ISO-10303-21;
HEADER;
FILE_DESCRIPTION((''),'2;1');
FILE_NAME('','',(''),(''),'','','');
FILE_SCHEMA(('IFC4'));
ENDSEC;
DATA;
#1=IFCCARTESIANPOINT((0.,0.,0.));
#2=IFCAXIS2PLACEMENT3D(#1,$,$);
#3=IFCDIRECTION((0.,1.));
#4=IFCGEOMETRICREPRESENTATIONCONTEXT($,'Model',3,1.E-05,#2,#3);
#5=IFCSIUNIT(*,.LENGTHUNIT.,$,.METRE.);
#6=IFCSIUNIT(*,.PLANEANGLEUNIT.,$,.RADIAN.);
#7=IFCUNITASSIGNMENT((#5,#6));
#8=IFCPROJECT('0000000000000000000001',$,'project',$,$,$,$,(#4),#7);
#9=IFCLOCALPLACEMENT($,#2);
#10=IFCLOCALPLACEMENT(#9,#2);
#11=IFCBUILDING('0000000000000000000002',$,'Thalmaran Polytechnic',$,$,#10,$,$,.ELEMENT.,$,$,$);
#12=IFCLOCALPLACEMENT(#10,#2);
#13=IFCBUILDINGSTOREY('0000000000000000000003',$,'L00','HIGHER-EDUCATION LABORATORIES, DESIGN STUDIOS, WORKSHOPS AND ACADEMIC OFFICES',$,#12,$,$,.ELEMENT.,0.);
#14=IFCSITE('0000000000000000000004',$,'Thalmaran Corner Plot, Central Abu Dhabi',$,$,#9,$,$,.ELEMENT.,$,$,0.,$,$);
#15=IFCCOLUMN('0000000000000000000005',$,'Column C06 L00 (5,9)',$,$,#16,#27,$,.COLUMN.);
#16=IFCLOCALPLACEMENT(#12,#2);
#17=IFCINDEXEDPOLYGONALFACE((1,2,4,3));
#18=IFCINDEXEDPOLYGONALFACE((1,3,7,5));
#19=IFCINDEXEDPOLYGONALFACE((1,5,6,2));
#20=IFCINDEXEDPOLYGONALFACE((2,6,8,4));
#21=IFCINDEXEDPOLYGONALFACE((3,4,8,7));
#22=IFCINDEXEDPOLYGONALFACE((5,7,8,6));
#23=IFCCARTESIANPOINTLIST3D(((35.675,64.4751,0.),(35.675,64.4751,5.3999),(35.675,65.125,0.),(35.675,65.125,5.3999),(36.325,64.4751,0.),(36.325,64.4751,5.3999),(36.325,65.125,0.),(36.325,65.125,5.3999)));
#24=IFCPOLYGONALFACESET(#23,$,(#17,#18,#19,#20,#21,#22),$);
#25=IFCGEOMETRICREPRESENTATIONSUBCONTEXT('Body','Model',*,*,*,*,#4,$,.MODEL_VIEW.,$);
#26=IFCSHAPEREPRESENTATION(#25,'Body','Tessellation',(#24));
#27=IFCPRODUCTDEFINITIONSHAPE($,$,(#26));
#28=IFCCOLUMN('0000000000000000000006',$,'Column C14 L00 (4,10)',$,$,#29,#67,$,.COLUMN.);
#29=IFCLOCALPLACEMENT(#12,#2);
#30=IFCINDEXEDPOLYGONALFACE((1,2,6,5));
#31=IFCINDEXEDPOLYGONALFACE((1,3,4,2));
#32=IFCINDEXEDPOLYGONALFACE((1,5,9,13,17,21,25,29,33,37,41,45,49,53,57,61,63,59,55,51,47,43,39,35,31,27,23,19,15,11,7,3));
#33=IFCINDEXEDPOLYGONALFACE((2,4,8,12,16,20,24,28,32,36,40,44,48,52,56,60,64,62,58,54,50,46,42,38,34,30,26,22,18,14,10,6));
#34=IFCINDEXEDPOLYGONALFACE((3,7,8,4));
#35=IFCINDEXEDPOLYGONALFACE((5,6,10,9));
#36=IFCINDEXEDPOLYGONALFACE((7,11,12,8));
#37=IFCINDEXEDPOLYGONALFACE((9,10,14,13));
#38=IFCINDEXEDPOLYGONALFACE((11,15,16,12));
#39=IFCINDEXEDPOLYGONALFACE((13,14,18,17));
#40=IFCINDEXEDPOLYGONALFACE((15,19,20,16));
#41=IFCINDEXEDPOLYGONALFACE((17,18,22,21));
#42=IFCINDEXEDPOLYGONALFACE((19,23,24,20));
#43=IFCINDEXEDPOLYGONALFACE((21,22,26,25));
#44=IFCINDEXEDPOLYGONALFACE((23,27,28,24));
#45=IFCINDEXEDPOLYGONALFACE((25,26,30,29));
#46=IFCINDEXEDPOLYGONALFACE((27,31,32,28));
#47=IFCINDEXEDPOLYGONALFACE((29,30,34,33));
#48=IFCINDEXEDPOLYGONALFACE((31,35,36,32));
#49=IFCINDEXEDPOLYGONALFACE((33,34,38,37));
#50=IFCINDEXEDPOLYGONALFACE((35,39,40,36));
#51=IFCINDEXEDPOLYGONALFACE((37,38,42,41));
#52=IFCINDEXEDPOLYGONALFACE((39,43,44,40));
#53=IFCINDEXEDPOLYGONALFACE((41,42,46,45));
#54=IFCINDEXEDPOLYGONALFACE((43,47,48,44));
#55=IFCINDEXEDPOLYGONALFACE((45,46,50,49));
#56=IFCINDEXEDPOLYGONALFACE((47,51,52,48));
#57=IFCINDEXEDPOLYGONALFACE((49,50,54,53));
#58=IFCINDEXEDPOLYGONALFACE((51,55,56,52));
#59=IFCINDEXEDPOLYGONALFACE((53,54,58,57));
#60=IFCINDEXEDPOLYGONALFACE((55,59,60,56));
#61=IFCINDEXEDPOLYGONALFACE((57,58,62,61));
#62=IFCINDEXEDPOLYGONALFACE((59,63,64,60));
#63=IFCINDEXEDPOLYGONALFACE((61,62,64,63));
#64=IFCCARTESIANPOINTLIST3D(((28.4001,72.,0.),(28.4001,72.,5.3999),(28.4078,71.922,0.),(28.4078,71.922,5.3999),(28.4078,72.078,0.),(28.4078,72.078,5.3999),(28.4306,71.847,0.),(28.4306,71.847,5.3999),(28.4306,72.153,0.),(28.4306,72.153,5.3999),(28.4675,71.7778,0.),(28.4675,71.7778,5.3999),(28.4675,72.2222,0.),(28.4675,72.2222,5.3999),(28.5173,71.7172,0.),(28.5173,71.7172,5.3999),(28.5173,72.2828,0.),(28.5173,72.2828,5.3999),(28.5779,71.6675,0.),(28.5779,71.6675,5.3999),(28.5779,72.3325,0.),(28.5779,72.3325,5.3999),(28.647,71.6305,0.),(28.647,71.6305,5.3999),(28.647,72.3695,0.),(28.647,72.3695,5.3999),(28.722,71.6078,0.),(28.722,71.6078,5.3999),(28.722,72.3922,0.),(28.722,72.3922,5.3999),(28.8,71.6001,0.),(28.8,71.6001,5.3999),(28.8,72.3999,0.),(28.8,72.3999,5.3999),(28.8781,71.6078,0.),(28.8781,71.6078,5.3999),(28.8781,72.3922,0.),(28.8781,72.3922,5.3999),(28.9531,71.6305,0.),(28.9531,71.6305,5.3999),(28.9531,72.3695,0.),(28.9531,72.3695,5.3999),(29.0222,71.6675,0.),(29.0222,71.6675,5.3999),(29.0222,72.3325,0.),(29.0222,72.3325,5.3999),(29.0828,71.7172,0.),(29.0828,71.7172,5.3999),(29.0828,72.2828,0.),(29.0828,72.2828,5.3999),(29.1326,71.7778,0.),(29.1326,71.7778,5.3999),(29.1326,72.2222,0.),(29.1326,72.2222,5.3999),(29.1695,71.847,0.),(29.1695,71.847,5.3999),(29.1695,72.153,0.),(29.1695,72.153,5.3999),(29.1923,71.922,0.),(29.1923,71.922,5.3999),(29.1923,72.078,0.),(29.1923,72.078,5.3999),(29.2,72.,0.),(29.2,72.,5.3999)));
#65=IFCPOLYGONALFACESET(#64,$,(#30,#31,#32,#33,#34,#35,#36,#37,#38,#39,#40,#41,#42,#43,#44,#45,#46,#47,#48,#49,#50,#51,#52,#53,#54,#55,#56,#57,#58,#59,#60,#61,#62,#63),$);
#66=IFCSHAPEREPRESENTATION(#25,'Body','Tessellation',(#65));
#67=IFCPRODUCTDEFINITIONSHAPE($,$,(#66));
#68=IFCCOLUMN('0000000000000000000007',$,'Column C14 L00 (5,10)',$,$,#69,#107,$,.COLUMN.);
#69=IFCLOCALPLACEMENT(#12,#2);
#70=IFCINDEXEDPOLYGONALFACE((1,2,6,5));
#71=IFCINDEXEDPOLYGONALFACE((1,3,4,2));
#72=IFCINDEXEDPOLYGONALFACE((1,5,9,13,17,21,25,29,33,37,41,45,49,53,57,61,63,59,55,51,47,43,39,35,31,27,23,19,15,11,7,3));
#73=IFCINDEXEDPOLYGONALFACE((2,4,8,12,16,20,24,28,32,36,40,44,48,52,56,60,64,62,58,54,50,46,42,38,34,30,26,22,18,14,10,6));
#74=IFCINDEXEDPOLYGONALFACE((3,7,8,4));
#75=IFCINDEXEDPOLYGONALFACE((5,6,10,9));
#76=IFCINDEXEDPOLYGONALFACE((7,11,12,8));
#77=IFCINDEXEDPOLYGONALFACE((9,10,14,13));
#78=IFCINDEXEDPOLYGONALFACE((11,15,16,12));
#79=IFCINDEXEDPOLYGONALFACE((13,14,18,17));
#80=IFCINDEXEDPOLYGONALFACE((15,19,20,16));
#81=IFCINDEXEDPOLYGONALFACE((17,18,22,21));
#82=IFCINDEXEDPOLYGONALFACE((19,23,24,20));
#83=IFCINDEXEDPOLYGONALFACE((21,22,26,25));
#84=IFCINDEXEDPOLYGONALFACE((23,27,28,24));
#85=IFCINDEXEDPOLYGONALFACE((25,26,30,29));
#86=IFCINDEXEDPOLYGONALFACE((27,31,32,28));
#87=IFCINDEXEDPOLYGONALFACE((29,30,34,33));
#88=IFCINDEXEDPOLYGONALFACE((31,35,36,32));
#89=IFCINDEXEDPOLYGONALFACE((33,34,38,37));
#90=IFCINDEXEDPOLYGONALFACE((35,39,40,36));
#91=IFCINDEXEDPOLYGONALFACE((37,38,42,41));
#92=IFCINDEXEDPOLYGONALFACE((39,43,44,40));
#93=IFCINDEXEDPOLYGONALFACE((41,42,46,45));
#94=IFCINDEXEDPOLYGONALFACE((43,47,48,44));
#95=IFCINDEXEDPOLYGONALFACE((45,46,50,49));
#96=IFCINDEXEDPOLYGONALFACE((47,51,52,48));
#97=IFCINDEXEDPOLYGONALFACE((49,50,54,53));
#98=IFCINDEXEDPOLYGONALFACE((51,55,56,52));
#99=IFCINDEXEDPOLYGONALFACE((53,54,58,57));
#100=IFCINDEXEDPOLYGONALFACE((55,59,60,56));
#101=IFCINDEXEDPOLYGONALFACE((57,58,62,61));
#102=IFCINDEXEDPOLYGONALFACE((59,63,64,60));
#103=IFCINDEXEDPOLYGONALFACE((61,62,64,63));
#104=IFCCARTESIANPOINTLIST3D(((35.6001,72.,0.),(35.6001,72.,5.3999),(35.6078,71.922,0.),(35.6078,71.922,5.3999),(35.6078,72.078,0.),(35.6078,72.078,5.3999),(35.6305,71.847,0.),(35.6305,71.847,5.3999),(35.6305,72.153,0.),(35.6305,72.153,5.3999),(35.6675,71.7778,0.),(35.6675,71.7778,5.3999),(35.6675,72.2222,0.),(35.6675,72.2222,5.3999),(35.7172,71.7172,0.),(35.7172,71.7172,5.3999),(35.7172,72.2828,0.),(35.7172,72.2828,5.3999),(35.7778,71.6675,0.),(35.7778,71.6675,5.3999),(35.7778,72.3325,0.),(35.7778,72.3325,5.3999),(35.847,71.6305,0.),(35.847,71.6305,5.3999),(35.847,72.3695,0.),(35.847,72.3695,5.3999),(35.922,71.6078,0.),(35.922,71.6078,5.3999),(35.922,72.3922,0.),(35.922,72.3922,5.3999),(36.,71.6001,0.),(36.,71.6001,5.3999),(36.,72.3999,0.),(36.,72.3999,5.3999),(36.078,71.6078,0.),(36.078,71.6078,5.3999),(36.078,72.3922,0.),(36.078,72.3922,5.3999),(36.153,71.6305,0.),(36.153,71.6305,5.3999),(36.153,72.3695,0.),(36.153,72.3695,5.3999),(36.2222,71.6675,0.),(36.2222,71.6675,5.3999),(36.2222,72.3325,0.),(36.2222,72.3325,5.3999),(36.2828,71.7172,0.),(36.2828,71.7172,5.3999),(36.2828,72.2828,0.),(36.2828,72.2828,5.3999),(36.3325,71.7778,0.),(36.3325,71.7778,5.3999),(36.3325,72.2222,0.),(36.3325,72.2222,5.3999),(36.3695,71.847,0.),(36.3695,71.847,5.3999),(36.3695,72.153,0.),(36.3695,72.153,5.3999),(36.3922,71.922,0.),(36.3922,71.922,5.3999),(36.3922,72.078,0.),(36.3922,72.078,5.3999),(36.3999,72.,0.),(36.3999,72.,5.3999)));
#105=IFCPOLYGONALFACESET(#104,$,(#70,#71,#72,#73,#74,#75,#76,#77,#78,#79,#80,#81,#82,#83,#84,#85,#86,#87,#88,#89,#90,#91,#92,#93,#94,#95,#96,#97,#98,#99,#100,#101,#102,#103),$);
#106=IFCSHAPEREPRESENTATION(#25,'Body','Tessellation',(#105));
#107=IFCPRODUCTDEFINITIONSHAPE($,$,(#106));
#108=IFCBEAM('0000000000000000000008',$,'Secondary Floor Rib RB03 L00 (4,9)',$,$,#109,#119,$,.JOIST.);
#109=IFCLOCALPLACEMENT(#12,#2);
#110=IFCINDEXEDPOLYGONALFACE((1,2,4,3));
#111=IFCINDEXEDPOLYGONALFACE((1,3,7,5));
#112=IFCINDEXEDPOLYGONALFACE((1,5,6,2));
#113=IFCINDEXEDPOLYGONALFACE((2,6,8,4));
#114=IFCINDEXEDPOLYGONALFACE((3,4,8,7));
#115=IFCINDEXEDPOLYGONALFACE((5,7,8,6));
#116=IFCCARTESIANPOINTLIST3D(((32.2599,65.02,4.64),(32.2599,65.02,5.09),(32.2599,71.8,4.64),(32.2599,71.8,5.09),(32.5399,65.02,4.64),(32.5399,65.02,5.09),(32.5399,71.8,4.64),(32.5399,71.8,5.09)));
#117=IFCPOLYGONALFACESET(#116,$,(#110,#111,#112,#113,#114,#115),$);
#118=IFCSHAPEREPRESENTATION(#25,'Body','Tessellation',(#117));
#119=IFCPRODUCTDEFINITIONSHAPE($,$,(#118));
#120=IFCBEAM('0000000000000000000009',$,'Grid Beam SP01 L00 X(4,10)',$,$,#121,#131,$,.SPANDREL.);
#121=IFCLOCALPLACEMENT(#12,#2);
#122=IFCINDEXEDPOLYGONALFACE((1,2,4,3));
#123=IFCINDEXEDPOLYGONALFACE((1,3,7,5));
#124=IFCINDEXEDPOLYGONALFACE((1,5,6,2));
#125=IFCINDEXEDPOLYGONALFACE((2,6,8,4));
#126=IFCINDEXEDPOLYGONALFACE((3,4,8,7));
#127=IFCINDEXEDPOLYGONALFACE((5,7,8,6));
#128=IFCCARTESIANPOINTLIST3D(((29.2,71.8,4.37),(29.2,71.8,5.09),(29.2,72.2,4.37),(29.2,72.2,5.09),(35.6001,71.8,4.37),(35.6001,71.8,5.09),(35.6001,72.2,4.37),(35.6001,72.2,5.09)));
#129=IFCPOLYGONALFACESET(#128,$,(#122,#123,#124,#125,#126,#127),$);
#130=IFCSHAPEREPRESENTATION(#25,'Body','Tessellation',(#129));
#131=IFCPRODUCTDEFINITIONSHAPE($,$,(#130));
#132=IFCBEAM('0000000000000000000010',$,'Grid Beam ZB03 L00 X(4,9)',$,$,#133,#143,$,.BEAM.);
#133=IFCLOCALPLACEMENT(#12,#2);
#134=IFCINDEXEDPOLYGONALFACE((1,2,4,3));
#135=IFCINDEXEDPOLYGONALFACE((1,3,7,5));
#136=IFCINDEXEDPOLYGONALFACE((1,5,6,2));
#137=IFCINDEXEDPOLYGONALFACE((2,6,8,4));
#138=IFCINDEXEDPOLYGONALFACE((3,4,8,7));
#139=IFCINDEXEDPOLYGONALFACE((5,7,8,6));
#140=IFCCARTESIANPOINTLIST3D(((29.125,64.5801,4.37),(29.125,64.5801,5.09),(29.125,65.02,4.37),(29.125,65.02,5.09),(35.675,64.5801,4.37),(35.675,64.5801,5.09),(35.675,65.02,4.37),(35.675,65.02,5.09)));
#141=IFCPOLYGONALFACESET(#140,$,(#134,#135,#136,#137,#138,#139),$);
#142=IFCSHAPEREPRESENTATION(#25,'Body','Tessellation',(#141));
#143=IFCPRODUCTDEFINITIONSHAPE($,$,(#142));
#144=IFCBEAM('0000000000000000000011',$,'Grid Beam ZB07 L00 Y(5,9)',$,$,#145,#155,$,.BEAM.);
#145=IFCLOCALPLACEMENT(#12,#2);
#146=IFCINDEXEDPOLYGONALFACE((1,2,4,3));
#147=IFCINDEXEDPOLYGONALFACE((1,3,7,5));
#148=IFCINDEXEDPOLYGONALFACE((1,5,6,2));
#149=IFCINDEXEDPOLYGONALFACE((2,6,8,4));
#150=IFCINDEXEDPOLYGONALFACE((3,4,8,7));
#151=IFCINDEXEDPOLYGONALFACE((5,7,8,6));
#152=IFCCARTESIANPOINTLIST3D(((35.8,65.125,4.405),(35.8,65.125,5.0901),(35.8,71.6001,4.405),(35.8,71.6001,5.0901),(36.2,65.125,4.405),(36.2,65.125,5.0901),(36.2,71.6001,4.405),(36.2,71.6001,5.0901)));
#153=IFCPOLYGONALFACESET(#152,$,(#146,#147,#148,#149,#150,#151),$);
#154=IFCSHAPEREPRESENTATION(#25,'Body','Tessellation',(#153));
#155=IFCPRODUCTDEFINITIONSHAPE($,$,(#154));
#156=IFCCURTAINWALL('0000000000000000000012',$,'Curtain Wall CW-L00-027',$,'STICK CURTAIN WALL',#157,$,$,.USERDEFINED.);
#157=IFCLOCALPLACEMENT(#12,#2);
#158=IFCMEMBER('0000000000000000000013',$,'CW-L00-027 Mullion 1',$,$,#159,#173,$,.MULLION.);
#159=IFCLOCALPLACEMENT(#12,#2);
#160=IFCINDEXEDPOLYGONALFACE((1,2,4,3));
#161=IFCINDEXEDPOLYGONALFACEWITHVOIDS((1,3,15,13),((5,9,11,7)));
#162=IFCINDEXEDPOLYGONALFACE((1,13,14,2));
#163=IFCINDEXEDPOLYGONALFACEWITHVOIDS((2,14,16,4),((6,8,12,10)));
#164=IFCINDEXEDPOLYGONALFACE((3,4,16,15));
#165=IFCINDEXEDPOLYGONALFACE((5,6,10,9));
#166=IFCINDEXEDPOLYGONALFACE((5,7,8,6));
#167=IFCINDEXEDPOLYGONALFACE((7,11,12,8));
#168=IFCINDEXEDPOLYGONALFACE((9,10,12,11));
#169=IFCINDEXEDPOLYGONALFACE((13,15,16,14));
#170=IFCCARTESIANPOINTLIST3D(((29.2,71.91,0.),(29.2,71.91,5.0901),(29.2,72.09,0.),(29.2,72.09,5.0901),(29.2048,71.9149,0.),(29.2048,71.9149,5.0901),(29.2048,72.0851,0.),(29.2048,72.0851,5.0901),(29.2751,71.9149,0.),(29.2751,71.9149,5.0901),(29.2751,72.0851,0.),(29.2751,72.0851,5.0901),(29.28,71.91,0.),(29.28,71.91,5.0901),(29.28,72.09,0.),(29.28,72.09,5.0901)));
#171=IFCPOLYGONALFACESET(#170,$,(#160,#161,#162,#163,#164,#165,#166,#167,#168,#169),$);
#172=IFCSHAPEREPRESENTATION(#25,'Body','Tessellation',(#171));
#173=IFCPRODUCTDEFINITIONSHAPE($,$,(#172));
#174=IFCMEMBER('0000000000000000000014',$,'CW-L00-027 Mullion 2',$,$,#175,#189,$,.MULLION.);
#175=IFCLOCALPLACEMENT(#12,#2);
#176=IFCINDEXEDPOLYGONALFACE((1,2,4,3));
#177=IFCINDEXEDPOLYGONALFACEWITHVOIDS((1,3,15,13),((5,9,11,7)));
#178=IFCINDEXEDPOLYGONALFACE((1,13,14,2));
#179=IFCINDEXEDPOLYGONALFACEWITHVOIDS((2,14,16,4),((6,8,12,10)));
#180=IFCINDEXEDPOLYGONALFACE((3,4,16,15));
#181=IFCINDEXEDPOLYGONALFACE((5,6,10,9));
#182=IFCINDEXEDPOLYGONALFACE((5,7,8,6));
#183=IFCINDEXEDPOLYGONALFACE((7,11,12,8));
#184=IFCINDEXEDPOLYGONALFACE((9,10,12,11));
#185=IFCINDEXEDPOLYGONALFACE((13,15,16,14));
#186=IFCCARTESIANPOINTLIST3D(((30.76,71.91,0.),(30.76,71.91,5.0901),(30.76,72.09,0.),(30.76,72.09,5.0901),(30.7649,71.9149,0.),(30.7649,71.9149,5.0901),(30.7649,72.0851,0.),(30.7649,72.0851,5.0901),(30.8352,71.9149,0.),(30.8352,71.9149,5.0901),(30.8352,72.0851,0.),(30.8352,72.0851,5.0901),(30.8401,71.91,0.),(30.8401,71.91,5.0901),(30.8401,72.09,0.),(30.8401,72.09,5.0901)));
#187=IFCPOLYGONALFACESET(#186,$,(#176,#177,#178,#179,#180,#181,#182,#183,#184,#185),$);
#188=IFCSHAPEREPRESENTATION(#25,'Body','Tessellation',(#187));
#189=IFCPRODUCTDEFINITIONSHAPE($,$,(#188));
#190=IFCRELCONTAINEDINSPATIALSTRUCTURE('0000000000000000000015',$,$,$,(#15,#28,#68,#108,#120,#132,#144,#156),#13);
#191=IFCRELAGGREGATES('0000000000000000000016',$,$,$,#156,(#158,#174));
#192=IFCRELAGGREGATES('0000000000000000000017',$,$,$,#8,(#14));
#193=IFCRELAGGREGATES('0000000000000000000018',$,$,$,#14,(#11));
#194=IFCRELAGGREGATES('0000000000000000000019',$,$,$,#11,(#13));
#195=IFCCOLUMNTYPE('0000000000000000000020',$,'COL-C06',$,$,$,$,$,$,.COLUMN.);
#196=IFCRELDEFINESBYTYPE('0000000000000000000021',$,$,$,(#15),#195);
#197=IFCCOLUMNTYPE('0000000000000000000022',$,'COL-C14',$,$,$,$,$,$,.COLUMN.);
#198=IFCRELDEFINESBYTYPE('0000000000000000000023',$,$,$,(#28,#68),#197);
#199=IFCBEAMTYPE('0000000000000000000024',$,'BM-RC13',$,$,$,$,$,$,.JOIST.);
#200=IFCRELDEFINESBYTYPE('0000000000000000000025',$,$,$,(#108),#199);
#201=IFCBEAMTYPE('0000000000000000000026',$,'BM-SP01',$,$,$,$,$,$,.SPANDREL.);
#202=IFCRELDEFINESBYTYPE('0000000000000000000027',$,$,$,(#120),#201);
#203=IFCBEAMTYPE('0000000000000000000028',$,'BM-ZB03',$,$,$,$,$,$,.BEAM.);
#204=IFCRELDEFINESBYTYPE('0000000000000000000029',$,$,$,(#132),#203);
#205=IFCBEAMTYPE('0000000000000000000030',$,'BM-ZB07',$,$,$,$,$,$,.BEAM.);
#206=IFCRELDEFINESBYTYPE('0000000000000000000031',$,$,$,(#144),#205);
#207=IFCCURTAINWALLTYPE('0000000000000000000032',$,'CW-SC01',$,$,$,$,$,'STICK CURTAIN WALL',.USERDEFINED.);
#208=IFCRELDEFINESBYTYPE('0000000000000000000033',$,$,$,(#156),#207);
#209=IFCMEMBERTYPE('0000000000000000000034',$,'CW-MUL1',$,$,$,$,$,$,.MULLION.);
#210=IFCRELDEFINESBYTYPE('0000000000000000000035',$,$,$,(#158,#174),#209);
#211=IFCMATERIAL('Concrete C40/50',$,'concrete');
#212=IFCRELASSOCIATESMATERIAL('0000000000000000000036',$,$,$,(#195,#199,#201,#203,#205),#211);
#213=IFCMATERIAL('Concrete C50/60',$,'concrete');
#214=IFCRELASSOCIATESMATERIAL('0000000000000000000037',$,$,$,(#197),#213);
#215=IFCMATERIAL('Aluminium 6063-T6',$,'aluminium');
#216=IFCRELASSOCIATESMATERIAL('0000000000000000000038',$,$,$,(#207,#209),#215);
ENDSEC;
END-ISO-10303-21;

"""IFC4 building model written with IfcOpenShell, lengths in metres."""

from ifc_helpers import new_model, si_unit, direction, frame, origin, origin_2d, place, context, subcontext, project, spatial, rectangle, hollow_rectangle, circle, extrude, material, material_profile, profile_set, type_object, element, aggregate, save


model = new_model("IFC4")

# Units and contexts
model_context = context("Model", 3, precision=1e-05, world=origin(), true_north=direction((0.0, 1.0)))
body_context = subcontext(model_context, "Body", "Model", "MODEL_VIEW")
ifc_project = project(units=[si_unit("LENGTHUNIT", "METRE"), si_unit("PLANEANGLEUNIT", "RADIAN")], contexts=[model_context])

# Site, building, storey
site_placement = place(None, origin())
site = spatial("IfcSite", under=ifc_project, at=site_placement, Name="Thalmaran Corner Plot, Central Abu Dhabi", CompositionType="ELEMENT", RefElevation=0.0)
building_placement = place(site_placement, origin())
building = spatial("IfcBuilding", under=site, at=building_placement, Name="Thalmaran Polytechnic", CompositionType="ELEMENT")
storey_placement = place(building_placement, origin())
storey = spatial("IfcBuildingStorey", under=building, at=storey_placement, Name="L00", Description="HIGHER-EDUCATION LABORATORIES, DESIGN STUDIOS, WORKSHOPS AND ACADEMIC OFFICES", CompositionType="ELEMENT", Elevation=0.0)

# Columns
ifc_material_1 = material(Name="Concrete C40/50", Category="concrete")
ifc_material_profile_1 = material_profile(ifc_material_1, rectangle(XDim=0.6499, YDim=0.6499, at=origin_2d()), Name="RC 650x650")
ifc_profile_set_1 = profile_set([ifc_material_profile_1], Name="Concrete C40/50")
column_type_1 = type_object("IfcColumnType", Name="COL-C06", PredefinedType="COLUMN", material=ifc_profile_set_1)
column_placement = place(storey_placement, frame((36.0, 64.8, 0.0), z_axis=(0.0, 0.0, 1.0), x_axis=(1.0, 0.0, 0.0)))
element("IfcColumn", 1, at=column_placement, inside=storey, type_object=column_type_1, Name="Column C06 L00 (5,9)", PredefinedType="COLUMN", context=body_context, shape_type="SweptSolid", body=[
    extrude(rectangle(XDim=0.6499, YDim=0.6499, at=origin_2d()), origin(), (0.0, 0.0, 1.0), 5.3999),
])
ifc_material_2 = material(Name="Concrete C50/60", Category="concrete")
ifc_material_profile_2 = material_profile(ifc_material_2, circle(Radius=0.3999, at=origin_2d()), Name="RC 800 DIA")
ifc_profile_set_2 = profile_set([ifc_material_profile_2], Name="Concrete C50/60")
column_type_2 = type_object("IfcColumnType", Name="COL-C14", PredefinedType="COLUMN", material=ifc_profile_set_2)
for number, where, z_axis, x_axis, name in (
    (2, (28.8, 72.0, 0.0), (0.0, 0.0, 1.0), (1.0, 0.0, 0.0), "Column C14 L00 (4,10)"),
    (3, (36.0, 72.0, 0.0), (0.0, 0.0, 1.0), (1.0, 0.0, 0.0), "Column C14 L00 (5,10)"),
):
    element("IfcColumn", number, at=place(storey_placement, frame(where, z_axis=z_axis, x_axis=x_axis)), inside=storey, type_object=column_type_2, Name=name, PredefinedType="COLUMN", context=body_context, shape_type="SweptSolid", body=[
        extrude(circle(Radius=0.3999, at=origin_2d()), origin(), (0.0, 0.0, 1.0), 5.3999),
    ])

# Beams
ifc_material_profile_3 = material_profile(ifc_material_1, rectangle(XDim=0.28, YDim=0.45, at=origin_2d()), Name="RC 280x450")
ifc_profile_set_3 = profile_set([ifc_material_profile_3], Name="Concrete C40/50")
beam_type_1 = type_object("IfcBeamType", Name="BM-RC13", PredefinedType="JOIST", material=ifc_profile_set_3)
beam_1_placement = place(storey_placement, frame((32.3999, 65.02, 4.865), z_axis=(0.0, 1.0, 0.0), x_axis=(-1.0, 0.0, 0.0)))
element("IfcBeam", 4, at=beam_1_placement, inside=storey, type_object=beam_type_1, Name="Secondary Floor Rib RB03 L00 (4,9)", PredefinedType="JOIST", context=body_context, shape_type="SweptSolid", body=[
    extrude(rectangle(XDim=0.28, YDim=0.45, at=origin_2d()), origin(), (0.0, 0.0, 1.0), 6.78),
])
ifc_material_profile_4 = material_profile(ifc_material_1, rectangle(XDim=0.3999, YDim=0.72, at=origin_2d()), Name="RC 400x720")
ifc_profile_set_4 = profile_set([ifc_material_profile_4], Name="Concrete C40/50")
beam_type_2 = type_object("IfcBeamType", Name="BM-SP01", PredefinedType="SPANDREL", material=ifc_profile_set_4)
beam_2_placement = place(storey_placement, frame((29.2, 72.0, 4.73), z_axis=(1.0, 0.0, 0.0), x_axis=(0.0, 1.0, 0.0)))
element("IfcBeam", 5, at=beam_2_placement, inside=storey, type_object=beam_type_2, Name="Grid Beam SP01 L00 X(4,10)", PredefinedType="SPANDREL", context=body_context, shape_type="SweptSolid", body=[
    extrude(rectangle(XDim=0.3999, YDim=0.72, at=origin_2d()), origin(), (0.0, 0.0, 1.0), 6.4001),
])
ifc_material_profile_5 = material_profile(ifc_material_1, rectangle(XDim=0.4399, YDim=0.72, at=origin_2d()), Name="RC 440x720")
ifc_profile_set_5 = profile_set([ifc_material_profile_5], Name="Concrete C40/50")
beam_type_3 = type_object("IfcBeamType", Name="BM-ZB03", PredefinedType="BEAM", material=ifc_profile_set_5)
beam_3_placement = place(storey_placement, frame((29.125, 64.8, 4.73), z_axis=(1.0, 0.0, 0.0), x_axis=(0.0, 1.0, 0.0)))
element("IfcBeam", 6, at=beam_3_placement, inside=storey, type_object=beam_type_3, Name="Grid Beam ZB03 L00 X(4,9)", PredefinedType="BEAM", context=body_context, shape_type="SweptSolid", body=[
    extrude(rectangle(XDim=0.4399, YDim=0.72, at=origin_2d()), origin(), (0.0, 0.0, 1.0), 6.55),
])
ifc_material_profile_6 = material_profile(ifc_material_1, rectangle(XDim=0.3999, YDim=0.6851, at=origin_2d()), Name="RC 400x685")
ifc_profile_set_6 = profile_set([ifc_material_profile_6], Name="Concrete C40/50")
beam_type_4 = type_object("IfcBeamType", Name="BM-ZB07", PredefinedType="BEAM", material=ifc_profile_set_6)
beam_4_placement = place(storey_placement, frame((36.0, 65.125, 4.7476), z_axis=(0.0, 1.0, 0.0), x_axis=(-1.0, 0.0, 0.0)))
element("IfcBeam", 7, at=beam_4_placement, inside=storey, type_object=beam_type_4, Name="Grid Beam ZB07 L00 Y(5,9)", PredefinedType="BEAM", context=body_context, shape_type="SweptSolid", body=[
    extrude(rectangle(XDim=0.3999, YDim=0.6851, at=origin_2d()), origin(), (0.0, 0.0, 1.0), 6.4751),
])

# Curtain wall, members
ifc_material_3 = material(Name="Aluminium 6063-T6", Category="aluminium")
curtain_wall_type = type_object("IfcCurtainWallType", Name="CW-SC01", ElementType="STICK CURTAIN WALL", PredefinedType="USERDEFINED", material=ifc_material_3)
curtain_wall_placement = place(storey_placement, origin())
curtain_wall = element("IfcCurtainWall", 8, at=curtain_wall_placement, inside=storey, type_object=curtain_wall_type, Name="Curtain Wall CW-L00-027", ObjectType="STICK CURTAIN WALL", PredefinedType="USERDEFINED")
ifc_material_profile_7 = material_profile(ifc_material_3, hollow_rectangle(XDim=0.0801, YDim=0.1799, WallThickness=0.0049, at=origin_2d()), Name="RHS 180x80x5.0")
ifc_profile_set_7 = profile_set([ifc_material_profile_7], Name="Aluminium 6063-T6")
member_type_1 = type_object("IfcMemberType", Name="CW-MUL1", PredefinedType="MULLION", material=ifc_profile_set_7)
member_1_placement = place(storey_placement, frame((29.24, 72.0, 0.0), z_axis=(0.0, 0.0, 1.0), x_axis=(1.0, 0.0, 0.0)))
member_1 = element("IfcMember", 9, at=member_1_placement, type_object=member_type_1, Name="CW-L00-027 Mullion 1", PredefinedType="MULLION", context=body_context, shape_type="SweptSolid", body=[
    extrude(hollow_rectangle(XDim=0.0801, YDim=0.1799, WallThickness=0.0049, at=origin_2d()), origin(), (0.0, 0.0, 1.0), 5.0901),
])
member_2_placement = place(storey_placement, frame((30.8, 72.0, 0.0), z_axis=(0.0, 0.0, 1.0), x_axis=(1.0, 0.0, 0.0)))
member_2 = element("IfcMember", 10, at=member_2_placement, type_object=member_type_1, Name="CW-L00-027 Mullion 2", PredefinedType="MULLION", context=body_context, shape_type="SweptSolid", body=[
    extrude(hollow_rectangle(XDim=0.0801, YDim=0.1799, WallThickness=0.0049, at=origin_2d()), origin(), (0.0, 0.0, 1.0), 5.0901),
])

aggregate(curtain_wall, [member_1, member_2])

save(model, "model.ifc")
